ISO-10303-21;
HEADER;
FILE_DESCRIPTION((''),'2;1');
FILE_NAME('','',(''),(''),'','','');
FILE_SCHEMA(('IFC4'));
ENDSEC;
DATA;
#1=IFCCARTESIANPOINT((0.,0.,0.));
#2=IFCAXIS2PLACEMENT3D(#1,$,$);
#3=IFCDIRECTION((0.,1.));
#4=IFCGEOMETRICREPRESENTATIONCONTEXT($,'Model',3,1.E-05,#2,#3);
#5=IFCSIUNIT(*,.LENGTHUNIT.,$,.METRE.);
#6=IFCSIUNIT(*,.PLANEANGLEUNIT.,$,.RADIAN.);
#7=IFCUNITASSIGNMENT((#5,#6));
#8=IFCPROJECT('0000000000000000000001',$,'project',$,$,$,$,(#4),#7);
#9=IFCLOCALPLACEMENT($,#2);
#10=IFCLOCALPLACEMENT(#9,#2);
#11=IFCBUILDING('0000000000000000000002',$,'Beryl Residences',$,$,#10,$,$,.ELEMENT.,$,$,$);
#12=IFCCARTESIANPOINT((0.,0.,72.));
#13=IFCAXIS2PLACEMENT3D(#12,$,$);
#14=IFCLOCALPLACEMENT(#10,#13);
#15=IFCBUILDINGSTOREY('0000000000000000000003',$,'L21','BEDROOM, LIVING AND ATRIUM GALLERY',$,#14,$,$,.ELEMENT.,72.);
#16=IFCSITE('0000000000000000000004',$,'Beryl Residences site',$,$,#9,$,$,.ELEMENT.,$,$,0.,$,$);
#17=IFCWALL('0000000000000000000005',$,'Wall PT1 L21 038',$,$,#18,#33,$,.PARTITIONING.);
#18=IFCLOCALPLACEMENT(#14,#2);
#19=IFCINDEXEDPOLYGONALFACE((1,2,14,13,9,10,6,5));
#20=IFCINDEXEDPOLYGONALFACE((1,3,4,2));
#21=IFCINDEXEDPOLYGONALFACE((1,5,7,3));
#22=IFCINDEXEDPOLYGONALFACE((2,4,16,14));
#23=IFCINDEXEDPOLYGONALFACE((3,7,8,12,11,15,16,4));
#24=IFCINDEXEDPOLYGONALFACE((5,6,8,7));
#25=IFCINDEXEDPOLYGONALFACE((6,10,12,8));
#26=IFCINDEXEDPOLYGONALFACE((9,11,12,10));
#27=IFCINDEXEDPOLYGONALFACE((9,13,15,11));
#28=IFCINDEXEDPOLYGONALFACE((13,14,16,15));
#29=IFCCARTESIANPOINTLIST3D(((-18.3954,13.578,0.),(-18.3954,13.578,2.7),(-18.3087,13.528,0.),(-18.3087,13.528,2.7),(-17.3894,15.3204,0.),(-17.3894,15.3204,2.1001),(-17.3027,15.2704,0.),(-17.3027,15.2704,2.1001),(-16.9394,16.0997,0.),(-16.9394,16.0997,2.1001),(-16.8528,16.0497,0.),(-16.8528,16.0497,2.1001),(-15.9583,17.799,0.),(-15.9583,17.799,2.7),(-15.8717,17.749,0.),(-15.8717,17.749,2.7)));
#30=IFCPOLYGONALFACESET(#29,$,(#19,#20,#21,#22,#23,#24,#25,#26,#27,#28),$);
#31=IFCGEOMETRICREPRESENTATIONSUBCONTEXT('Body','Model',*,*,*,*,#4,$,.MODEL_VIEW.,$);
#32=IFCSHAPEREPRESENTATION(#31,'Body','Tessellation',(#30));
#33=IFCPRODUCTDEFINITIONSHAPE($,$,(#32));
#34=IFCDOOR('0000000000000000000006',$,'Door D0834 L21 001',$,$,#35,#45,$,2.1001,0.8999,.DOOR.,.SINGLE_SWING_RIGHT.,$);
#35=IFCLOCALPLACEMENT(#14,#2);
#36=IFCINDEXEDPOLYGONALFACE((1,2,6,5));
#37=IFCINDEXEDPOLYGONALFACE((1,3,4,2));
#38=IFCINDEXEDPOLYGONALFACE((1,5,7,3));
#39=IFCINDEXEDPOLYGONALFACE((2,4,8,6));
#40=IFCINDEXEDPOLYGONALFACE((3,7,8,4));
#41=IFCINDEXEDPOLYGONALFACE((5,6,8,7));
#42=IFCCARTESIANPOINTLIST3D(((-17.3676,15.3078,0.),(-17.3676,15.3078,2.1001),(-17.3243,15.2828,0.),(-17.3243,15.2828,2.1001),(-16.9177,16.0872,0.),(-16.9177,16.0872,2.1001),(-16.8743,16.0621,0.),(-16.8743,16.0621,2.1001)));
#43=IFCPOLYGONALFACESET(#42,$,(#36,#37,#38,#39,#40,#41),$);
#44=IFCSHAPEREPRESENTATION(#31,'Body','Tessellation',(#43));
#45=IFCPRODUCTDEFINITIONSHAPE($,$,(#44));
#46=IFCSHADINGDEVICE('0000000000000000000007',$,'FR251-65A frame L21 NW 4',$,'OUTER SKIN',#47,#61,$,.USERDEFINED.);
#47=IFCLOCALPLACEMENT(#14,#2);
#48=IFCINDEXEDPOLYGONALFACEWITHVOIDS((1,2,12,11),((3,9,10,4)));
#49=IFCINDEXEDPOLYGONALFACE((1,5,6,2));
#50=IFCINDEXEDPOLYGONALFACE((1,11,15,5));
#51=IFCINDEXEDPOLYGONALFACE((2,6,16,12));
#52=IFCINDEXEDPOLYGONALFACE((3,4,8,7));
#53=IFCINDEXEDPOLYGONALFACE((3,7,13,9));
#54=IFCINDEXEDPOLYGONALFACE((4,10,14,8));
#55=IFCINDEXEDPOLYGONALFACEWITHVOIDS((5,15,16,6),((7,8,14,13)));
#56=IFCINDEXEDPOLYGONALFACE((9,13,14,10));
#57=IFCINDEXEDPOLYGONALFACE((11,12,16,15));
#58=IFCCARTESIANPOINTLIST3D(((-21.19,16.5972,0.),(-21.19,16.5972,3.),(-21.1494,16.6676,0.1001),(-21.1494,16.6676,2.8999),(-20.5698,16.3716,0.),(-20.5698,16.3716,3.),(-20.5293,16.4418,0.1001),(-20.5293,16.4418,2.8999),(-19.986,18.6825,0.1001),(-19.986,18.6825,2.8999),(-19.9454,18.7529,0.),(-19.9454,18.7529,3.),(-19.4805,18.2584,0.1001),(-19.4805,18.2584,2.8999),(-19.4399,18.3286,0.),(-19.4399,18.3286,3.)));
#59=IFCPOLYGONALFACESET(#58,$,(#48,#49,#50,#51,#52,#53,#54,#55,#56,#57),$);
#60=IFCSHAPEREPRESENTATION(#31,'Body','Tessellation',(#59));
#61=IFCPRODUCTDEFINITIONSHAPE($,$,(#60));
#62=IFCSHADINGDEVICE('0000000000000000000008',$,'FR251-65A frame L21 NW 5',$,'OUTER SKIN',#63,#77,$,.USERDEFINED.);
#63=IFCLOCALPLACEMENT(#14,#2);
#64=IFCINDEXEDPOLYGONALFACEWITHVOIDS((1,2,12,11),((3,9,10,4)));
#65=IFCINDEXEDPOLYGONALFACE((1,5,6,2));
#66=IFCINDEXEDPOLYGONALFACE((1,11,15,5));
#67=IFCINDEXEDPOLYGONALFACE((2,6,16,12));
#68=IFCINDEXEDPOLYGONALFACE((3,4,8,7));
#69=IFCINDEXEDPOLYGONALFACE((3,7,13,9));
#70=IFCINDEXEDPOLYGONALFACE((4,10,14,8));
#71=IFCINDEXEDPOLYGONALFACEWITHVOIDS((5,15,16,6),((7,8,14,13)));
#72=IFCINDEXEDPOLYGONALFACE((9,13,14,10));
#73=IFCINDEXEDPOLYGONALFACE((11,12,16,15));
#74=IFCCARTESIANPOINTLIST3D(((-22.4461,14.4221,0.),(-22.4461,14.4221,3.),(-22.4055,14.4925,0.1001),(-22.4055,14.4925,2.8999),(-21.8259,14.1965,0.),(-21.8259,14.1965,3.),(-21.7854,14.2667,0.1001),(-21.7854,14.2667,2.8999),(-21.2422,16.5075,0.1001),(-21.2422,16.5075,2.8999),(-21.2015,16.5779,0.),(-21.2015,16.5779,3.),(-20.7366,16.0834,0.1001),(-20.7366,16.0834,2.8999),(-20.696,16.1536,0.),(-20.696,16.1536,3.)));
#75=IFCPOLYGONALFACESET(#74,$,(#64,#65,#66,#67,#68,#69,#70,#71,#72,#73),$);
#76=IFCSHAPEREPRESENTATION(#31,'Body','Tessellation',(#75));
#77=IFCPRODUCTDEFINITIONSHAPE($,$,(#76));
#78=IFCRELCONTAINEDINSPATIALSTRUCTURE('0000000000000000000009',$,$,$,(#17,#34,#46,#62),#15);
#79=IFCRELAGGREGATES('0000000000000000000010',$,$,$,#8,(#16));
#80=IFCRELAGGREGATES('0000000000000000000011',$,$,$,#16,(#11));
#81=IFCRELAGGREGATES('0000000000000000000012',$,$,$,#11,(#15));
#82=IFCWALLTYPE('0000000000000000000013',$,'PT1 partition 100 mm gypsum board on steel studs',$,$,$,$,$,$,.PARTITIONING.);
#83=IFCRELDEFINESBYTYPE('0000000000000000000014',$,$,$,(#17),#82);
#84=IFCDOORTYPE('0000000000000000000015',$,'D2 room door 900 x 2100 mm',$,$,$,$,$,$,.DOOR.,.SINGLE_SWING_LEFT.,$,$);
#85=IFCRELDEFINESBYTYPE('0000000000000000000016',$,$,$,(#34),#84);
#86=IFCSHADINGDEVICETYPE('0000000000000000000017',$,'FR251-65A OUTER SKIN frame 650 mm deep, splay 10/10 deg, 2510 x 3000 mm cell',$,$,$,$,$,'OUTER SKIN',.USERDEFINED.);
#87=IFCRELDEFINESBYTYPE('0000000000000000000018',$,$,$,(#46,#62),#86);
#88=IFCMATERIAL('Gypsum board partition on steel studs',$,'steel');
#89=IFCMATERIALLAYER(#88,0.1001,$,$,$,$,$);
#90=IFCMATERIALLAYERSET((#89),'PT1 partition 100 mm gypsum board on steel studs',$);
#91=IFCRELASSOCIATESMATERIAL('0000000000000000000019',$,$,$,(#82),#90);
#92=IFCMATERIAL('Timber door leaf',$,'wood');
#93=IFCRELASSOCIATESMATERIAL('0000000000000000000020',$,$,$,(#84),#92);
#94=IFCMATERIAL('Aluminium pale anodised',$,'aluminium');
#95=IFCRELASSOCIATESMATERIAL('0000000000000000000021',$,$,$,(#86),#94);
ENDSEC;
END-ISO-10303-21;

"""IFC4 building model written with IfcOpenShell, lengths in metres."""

from ifc_helpers import new_model, entity, si_unit, direction, frame, frame_2d, origin, place, context, subcontext, project, spatial, rectangle, extrude, source, transform, mapped, material, layer, layer_set, type_object, type_shapes, element, fill, save


model = new_model("IFC4")

# Units and contexts
model_context = context("Model", 3, precision=1e-05, world=origin(), true_north=direction((0.0, 1.0)))
body_context = subcontext(model_context, "Body", "Model", "MODEL_VIEW")
ifc_project = project(units=[si_unit("LENGTHUNIT", "METRE"), si_unit("PLANEANGLEUNIT", "RADIAN")], contexts=[model_context])

# Site, building, storey
site_placement = place(None, origin())
site = spatial("IfcSite", under=ifc_project, at=site_placement, Name="Beryl Residences site", CompositionType="ELEMENT", RefElevation=0.0)
building_placement = place(site_placement, origin())
building = spatial("IfcBuilding", under=site, at=building_placement, Name="Beryl Residences", CompositionType="ELEMENT")
storey_placement = place(building_placement, frame((0.0, 0.0, 72.0)))
storey = spatial("IfcBuildingStorey", under=building, at=storey_placement, Name="L21", Description="BEDROOM, LIVING AND ATRIUM GALLERY", CompositionType="ELEMENT", Elevation=72.0)

# Shared definitions
ifc_material_1 = material(Name="Gypsum board partition on steel studs", Category="steel")
ifc_layer = layer(ifc_material_1, 0.1001)
ifc_layer_set = layer_set([ifc_layer], Name="PT1 partition 100 mm gypsum board on steel studs")
wall_type = type_object("IfcWallType", Name="PT1 partition 100 mm gypsum board on steel studs", PredefinedType="PARTITIONING", material=ifc_layer_set)
ifc_material_2 = material(Name="Timber door leaf", Category="wood")
door_type_1 = type_object("IfcDoorType", Name="D2 room door 900 x 2100 mm", OperationType="SINGLE_SWING_LEFT", PredefinedType="DOOR", material=ifc_material_2)

# Wall, opening, door
wall_1_placement = place(storey_placement, frame((-18.3521, 13.553, 0.0), z_axis=(0.0, 0.0, 1.0), x_axis=(0.500007, 0.866021, 0.0)))
wall_1 = element("IfcWall", 1, at=wall_1_placement, inside=storey, type_object=wall_type, Name="Wall PT1 L21 038", PredefinedType="PARTITIONING", context=body_context, shape_type="SweptSolid", body=[
    extrude(rectangle(XDim=4.874, YDim=0.1001, at=frame_2d((2.437, 0.0))), origin(), (0.0, 0.0, 1.0), 2.7),
])
opening_1_placement = place(wall_1_placement, frame((2.012, 0.0, 0.0)))
opening_1 = element("IfcOpeningElement", 2, at=opening_1_placement, cuts=wall_1, PredefinedType="OPENING", context=body_context, shape_type="SweptSolid", body=[
    extrude(rectangle(XDim=0.8999, YDim=2.1001, at=frame_2d((0.45, 1.05))), frame((0.0, 0.0601, 0.0), z_axis=(0.0, -1.0, 0.0), x_axis=(1.0, 0.0, 0.0)), (0.0, 0.0, 1.0), 0.1201),
])
door_1_placement = place(opening_1_placement, origin())
door_1 = element("IfcDoor", 3, at=door_1_placement, inside=storey, type_object=door_type_1, Name="Door D0834 L21 001", OperationType="SINGLE_SWING_RIGHT", OverallHeight=2.1001, OverallWidth=0.8999, PredefinedType="DOOR", context=body_context, shape_type="SweptSolid", body=[
    extrude(rectangle(XDim=0.8999, YDim=2.1001, at=frame_2d((0.45, 1.05))), frame((0.0, 0.0249, 0.0), z_axis=(0.0, -1.0, 0.0), x_axis=(1.0, 0.0, 0.0)), (0.0, 0.0, 1.0), 0.05),
])
fill(opening_1, door_1)

# Shading devices
ifc_material_3 = material(Name="Aluminium pale anodised", Category="aluminium")
shading_device_type = type_object("IfcShadingDeviceType", Name="FR251-65A OUTER SKIN frame 650 mm deep, splay 10/10 deg, 2510 x 3000 mm cell", ElementType="OUTER SKIN", PredefinedType="USERDEFINED", material=ifc_material_3)
cartesian_point_1 = entity("IfcCartesianPoint", [-1.1299, 0.0])
cartesian_point_2 = entity("IfcCartesianPoint", [-1.0488, 0.1001])
cartesian_point_3 = entity("IfcCartesianPoint", [-1.2446, 0.0])
cartesian_point_4 = entity("IfcCartesianPoint", [-1.1633, 0.1001])
shared_shape = source(origin(), body_context, "Body", "SweptSolid", [
    entity("IfcExtrudedAreaSolidTapered", entity("IfcArbitraryProfileDefWithVoids", "AREA", None, entity("IfcPolyline", [cartesian_point_1, entity("IfcCartesianPoint", [1.1299, 0.0]), entity("IfcCartesianPoint", [1.1299, 3.0]), entity("IfcCartesianPoint", [-1.1299, 3.0]), cartesian_point_1]), [entity("IfcPolyline", [cartesian_point_2, entity("IfcCartesianPoint", [1.0488, 0.1001]), entity("IfcCartesianPoint", [1.0488, 2.8999]), entity("IfcCartesianPoint", [-1.0488, 2.8999]), cartesian_point_2])]), entity("IfcAxis2Placement3D", entity("IfcCartesianPoint", [0.0, 0.0, 0.0]), entity("IfcDirection", [0.0, 1.0, 0.0]), entity("IfcDirection", [-1.0, 0.0, 0.0])), entity("IfcDirection", [0.0, 0.0, 1.0]), 0.6499, entity("IfcArbitraryProfileDefWithVoids", "AREA", None, entity("IfcPolyline", [cartesian_point_3, entity("IfcCartesianPoint", [1.2446, 0.0]), entity("IfcCartesianPoint", [1.2446, 3.0]), entity("IfcCartesianPoint", [-1.2446, 3.0]), cartesian_point_3]), [entity("IfcPolyline", [cartesian_point_4, entity("IfcCartesianPoint", [1.1633, 0.1001]), entity("IfcCartesianPoint", [1.1633, 2.8999]), entity("IfcCartesianPoint", [-1.1633, 2.8999]), cartesian_point_4])])),
])
type_shapes(shading_device_type, [shared_shape])
for number, where, z_axis, x_axis, name in (
    (4, (-20.0049, 17.3501, 0.0), (0.0, 0.0, 1.0), (0.5, 0.866025, 0.0), "FR251-65A frame L21 NW 4"),
    (5, (-21.261, 15.175, 0.0), (0.0, 0.0, 1.0), (0.5, 0.866025, 0.0), "FR251-65A frame L21 NW 5"),
):
    element("IfcShadingDevice", number, at=place(storey_placement, frame(where, z_axis=z_axis, x_axis=x_axis)), inside=storey, type_object=shading_device_type, Name=name, ObjectType="OUTER SKIN", PredefinedType="USERDEFINED", context=body_context, shape_type="MappedRepresentation", body=[
        mapped(shared_shape, transform((0.0, 0.0, 0.0))),
    ])

save(model, "model.ifc")
